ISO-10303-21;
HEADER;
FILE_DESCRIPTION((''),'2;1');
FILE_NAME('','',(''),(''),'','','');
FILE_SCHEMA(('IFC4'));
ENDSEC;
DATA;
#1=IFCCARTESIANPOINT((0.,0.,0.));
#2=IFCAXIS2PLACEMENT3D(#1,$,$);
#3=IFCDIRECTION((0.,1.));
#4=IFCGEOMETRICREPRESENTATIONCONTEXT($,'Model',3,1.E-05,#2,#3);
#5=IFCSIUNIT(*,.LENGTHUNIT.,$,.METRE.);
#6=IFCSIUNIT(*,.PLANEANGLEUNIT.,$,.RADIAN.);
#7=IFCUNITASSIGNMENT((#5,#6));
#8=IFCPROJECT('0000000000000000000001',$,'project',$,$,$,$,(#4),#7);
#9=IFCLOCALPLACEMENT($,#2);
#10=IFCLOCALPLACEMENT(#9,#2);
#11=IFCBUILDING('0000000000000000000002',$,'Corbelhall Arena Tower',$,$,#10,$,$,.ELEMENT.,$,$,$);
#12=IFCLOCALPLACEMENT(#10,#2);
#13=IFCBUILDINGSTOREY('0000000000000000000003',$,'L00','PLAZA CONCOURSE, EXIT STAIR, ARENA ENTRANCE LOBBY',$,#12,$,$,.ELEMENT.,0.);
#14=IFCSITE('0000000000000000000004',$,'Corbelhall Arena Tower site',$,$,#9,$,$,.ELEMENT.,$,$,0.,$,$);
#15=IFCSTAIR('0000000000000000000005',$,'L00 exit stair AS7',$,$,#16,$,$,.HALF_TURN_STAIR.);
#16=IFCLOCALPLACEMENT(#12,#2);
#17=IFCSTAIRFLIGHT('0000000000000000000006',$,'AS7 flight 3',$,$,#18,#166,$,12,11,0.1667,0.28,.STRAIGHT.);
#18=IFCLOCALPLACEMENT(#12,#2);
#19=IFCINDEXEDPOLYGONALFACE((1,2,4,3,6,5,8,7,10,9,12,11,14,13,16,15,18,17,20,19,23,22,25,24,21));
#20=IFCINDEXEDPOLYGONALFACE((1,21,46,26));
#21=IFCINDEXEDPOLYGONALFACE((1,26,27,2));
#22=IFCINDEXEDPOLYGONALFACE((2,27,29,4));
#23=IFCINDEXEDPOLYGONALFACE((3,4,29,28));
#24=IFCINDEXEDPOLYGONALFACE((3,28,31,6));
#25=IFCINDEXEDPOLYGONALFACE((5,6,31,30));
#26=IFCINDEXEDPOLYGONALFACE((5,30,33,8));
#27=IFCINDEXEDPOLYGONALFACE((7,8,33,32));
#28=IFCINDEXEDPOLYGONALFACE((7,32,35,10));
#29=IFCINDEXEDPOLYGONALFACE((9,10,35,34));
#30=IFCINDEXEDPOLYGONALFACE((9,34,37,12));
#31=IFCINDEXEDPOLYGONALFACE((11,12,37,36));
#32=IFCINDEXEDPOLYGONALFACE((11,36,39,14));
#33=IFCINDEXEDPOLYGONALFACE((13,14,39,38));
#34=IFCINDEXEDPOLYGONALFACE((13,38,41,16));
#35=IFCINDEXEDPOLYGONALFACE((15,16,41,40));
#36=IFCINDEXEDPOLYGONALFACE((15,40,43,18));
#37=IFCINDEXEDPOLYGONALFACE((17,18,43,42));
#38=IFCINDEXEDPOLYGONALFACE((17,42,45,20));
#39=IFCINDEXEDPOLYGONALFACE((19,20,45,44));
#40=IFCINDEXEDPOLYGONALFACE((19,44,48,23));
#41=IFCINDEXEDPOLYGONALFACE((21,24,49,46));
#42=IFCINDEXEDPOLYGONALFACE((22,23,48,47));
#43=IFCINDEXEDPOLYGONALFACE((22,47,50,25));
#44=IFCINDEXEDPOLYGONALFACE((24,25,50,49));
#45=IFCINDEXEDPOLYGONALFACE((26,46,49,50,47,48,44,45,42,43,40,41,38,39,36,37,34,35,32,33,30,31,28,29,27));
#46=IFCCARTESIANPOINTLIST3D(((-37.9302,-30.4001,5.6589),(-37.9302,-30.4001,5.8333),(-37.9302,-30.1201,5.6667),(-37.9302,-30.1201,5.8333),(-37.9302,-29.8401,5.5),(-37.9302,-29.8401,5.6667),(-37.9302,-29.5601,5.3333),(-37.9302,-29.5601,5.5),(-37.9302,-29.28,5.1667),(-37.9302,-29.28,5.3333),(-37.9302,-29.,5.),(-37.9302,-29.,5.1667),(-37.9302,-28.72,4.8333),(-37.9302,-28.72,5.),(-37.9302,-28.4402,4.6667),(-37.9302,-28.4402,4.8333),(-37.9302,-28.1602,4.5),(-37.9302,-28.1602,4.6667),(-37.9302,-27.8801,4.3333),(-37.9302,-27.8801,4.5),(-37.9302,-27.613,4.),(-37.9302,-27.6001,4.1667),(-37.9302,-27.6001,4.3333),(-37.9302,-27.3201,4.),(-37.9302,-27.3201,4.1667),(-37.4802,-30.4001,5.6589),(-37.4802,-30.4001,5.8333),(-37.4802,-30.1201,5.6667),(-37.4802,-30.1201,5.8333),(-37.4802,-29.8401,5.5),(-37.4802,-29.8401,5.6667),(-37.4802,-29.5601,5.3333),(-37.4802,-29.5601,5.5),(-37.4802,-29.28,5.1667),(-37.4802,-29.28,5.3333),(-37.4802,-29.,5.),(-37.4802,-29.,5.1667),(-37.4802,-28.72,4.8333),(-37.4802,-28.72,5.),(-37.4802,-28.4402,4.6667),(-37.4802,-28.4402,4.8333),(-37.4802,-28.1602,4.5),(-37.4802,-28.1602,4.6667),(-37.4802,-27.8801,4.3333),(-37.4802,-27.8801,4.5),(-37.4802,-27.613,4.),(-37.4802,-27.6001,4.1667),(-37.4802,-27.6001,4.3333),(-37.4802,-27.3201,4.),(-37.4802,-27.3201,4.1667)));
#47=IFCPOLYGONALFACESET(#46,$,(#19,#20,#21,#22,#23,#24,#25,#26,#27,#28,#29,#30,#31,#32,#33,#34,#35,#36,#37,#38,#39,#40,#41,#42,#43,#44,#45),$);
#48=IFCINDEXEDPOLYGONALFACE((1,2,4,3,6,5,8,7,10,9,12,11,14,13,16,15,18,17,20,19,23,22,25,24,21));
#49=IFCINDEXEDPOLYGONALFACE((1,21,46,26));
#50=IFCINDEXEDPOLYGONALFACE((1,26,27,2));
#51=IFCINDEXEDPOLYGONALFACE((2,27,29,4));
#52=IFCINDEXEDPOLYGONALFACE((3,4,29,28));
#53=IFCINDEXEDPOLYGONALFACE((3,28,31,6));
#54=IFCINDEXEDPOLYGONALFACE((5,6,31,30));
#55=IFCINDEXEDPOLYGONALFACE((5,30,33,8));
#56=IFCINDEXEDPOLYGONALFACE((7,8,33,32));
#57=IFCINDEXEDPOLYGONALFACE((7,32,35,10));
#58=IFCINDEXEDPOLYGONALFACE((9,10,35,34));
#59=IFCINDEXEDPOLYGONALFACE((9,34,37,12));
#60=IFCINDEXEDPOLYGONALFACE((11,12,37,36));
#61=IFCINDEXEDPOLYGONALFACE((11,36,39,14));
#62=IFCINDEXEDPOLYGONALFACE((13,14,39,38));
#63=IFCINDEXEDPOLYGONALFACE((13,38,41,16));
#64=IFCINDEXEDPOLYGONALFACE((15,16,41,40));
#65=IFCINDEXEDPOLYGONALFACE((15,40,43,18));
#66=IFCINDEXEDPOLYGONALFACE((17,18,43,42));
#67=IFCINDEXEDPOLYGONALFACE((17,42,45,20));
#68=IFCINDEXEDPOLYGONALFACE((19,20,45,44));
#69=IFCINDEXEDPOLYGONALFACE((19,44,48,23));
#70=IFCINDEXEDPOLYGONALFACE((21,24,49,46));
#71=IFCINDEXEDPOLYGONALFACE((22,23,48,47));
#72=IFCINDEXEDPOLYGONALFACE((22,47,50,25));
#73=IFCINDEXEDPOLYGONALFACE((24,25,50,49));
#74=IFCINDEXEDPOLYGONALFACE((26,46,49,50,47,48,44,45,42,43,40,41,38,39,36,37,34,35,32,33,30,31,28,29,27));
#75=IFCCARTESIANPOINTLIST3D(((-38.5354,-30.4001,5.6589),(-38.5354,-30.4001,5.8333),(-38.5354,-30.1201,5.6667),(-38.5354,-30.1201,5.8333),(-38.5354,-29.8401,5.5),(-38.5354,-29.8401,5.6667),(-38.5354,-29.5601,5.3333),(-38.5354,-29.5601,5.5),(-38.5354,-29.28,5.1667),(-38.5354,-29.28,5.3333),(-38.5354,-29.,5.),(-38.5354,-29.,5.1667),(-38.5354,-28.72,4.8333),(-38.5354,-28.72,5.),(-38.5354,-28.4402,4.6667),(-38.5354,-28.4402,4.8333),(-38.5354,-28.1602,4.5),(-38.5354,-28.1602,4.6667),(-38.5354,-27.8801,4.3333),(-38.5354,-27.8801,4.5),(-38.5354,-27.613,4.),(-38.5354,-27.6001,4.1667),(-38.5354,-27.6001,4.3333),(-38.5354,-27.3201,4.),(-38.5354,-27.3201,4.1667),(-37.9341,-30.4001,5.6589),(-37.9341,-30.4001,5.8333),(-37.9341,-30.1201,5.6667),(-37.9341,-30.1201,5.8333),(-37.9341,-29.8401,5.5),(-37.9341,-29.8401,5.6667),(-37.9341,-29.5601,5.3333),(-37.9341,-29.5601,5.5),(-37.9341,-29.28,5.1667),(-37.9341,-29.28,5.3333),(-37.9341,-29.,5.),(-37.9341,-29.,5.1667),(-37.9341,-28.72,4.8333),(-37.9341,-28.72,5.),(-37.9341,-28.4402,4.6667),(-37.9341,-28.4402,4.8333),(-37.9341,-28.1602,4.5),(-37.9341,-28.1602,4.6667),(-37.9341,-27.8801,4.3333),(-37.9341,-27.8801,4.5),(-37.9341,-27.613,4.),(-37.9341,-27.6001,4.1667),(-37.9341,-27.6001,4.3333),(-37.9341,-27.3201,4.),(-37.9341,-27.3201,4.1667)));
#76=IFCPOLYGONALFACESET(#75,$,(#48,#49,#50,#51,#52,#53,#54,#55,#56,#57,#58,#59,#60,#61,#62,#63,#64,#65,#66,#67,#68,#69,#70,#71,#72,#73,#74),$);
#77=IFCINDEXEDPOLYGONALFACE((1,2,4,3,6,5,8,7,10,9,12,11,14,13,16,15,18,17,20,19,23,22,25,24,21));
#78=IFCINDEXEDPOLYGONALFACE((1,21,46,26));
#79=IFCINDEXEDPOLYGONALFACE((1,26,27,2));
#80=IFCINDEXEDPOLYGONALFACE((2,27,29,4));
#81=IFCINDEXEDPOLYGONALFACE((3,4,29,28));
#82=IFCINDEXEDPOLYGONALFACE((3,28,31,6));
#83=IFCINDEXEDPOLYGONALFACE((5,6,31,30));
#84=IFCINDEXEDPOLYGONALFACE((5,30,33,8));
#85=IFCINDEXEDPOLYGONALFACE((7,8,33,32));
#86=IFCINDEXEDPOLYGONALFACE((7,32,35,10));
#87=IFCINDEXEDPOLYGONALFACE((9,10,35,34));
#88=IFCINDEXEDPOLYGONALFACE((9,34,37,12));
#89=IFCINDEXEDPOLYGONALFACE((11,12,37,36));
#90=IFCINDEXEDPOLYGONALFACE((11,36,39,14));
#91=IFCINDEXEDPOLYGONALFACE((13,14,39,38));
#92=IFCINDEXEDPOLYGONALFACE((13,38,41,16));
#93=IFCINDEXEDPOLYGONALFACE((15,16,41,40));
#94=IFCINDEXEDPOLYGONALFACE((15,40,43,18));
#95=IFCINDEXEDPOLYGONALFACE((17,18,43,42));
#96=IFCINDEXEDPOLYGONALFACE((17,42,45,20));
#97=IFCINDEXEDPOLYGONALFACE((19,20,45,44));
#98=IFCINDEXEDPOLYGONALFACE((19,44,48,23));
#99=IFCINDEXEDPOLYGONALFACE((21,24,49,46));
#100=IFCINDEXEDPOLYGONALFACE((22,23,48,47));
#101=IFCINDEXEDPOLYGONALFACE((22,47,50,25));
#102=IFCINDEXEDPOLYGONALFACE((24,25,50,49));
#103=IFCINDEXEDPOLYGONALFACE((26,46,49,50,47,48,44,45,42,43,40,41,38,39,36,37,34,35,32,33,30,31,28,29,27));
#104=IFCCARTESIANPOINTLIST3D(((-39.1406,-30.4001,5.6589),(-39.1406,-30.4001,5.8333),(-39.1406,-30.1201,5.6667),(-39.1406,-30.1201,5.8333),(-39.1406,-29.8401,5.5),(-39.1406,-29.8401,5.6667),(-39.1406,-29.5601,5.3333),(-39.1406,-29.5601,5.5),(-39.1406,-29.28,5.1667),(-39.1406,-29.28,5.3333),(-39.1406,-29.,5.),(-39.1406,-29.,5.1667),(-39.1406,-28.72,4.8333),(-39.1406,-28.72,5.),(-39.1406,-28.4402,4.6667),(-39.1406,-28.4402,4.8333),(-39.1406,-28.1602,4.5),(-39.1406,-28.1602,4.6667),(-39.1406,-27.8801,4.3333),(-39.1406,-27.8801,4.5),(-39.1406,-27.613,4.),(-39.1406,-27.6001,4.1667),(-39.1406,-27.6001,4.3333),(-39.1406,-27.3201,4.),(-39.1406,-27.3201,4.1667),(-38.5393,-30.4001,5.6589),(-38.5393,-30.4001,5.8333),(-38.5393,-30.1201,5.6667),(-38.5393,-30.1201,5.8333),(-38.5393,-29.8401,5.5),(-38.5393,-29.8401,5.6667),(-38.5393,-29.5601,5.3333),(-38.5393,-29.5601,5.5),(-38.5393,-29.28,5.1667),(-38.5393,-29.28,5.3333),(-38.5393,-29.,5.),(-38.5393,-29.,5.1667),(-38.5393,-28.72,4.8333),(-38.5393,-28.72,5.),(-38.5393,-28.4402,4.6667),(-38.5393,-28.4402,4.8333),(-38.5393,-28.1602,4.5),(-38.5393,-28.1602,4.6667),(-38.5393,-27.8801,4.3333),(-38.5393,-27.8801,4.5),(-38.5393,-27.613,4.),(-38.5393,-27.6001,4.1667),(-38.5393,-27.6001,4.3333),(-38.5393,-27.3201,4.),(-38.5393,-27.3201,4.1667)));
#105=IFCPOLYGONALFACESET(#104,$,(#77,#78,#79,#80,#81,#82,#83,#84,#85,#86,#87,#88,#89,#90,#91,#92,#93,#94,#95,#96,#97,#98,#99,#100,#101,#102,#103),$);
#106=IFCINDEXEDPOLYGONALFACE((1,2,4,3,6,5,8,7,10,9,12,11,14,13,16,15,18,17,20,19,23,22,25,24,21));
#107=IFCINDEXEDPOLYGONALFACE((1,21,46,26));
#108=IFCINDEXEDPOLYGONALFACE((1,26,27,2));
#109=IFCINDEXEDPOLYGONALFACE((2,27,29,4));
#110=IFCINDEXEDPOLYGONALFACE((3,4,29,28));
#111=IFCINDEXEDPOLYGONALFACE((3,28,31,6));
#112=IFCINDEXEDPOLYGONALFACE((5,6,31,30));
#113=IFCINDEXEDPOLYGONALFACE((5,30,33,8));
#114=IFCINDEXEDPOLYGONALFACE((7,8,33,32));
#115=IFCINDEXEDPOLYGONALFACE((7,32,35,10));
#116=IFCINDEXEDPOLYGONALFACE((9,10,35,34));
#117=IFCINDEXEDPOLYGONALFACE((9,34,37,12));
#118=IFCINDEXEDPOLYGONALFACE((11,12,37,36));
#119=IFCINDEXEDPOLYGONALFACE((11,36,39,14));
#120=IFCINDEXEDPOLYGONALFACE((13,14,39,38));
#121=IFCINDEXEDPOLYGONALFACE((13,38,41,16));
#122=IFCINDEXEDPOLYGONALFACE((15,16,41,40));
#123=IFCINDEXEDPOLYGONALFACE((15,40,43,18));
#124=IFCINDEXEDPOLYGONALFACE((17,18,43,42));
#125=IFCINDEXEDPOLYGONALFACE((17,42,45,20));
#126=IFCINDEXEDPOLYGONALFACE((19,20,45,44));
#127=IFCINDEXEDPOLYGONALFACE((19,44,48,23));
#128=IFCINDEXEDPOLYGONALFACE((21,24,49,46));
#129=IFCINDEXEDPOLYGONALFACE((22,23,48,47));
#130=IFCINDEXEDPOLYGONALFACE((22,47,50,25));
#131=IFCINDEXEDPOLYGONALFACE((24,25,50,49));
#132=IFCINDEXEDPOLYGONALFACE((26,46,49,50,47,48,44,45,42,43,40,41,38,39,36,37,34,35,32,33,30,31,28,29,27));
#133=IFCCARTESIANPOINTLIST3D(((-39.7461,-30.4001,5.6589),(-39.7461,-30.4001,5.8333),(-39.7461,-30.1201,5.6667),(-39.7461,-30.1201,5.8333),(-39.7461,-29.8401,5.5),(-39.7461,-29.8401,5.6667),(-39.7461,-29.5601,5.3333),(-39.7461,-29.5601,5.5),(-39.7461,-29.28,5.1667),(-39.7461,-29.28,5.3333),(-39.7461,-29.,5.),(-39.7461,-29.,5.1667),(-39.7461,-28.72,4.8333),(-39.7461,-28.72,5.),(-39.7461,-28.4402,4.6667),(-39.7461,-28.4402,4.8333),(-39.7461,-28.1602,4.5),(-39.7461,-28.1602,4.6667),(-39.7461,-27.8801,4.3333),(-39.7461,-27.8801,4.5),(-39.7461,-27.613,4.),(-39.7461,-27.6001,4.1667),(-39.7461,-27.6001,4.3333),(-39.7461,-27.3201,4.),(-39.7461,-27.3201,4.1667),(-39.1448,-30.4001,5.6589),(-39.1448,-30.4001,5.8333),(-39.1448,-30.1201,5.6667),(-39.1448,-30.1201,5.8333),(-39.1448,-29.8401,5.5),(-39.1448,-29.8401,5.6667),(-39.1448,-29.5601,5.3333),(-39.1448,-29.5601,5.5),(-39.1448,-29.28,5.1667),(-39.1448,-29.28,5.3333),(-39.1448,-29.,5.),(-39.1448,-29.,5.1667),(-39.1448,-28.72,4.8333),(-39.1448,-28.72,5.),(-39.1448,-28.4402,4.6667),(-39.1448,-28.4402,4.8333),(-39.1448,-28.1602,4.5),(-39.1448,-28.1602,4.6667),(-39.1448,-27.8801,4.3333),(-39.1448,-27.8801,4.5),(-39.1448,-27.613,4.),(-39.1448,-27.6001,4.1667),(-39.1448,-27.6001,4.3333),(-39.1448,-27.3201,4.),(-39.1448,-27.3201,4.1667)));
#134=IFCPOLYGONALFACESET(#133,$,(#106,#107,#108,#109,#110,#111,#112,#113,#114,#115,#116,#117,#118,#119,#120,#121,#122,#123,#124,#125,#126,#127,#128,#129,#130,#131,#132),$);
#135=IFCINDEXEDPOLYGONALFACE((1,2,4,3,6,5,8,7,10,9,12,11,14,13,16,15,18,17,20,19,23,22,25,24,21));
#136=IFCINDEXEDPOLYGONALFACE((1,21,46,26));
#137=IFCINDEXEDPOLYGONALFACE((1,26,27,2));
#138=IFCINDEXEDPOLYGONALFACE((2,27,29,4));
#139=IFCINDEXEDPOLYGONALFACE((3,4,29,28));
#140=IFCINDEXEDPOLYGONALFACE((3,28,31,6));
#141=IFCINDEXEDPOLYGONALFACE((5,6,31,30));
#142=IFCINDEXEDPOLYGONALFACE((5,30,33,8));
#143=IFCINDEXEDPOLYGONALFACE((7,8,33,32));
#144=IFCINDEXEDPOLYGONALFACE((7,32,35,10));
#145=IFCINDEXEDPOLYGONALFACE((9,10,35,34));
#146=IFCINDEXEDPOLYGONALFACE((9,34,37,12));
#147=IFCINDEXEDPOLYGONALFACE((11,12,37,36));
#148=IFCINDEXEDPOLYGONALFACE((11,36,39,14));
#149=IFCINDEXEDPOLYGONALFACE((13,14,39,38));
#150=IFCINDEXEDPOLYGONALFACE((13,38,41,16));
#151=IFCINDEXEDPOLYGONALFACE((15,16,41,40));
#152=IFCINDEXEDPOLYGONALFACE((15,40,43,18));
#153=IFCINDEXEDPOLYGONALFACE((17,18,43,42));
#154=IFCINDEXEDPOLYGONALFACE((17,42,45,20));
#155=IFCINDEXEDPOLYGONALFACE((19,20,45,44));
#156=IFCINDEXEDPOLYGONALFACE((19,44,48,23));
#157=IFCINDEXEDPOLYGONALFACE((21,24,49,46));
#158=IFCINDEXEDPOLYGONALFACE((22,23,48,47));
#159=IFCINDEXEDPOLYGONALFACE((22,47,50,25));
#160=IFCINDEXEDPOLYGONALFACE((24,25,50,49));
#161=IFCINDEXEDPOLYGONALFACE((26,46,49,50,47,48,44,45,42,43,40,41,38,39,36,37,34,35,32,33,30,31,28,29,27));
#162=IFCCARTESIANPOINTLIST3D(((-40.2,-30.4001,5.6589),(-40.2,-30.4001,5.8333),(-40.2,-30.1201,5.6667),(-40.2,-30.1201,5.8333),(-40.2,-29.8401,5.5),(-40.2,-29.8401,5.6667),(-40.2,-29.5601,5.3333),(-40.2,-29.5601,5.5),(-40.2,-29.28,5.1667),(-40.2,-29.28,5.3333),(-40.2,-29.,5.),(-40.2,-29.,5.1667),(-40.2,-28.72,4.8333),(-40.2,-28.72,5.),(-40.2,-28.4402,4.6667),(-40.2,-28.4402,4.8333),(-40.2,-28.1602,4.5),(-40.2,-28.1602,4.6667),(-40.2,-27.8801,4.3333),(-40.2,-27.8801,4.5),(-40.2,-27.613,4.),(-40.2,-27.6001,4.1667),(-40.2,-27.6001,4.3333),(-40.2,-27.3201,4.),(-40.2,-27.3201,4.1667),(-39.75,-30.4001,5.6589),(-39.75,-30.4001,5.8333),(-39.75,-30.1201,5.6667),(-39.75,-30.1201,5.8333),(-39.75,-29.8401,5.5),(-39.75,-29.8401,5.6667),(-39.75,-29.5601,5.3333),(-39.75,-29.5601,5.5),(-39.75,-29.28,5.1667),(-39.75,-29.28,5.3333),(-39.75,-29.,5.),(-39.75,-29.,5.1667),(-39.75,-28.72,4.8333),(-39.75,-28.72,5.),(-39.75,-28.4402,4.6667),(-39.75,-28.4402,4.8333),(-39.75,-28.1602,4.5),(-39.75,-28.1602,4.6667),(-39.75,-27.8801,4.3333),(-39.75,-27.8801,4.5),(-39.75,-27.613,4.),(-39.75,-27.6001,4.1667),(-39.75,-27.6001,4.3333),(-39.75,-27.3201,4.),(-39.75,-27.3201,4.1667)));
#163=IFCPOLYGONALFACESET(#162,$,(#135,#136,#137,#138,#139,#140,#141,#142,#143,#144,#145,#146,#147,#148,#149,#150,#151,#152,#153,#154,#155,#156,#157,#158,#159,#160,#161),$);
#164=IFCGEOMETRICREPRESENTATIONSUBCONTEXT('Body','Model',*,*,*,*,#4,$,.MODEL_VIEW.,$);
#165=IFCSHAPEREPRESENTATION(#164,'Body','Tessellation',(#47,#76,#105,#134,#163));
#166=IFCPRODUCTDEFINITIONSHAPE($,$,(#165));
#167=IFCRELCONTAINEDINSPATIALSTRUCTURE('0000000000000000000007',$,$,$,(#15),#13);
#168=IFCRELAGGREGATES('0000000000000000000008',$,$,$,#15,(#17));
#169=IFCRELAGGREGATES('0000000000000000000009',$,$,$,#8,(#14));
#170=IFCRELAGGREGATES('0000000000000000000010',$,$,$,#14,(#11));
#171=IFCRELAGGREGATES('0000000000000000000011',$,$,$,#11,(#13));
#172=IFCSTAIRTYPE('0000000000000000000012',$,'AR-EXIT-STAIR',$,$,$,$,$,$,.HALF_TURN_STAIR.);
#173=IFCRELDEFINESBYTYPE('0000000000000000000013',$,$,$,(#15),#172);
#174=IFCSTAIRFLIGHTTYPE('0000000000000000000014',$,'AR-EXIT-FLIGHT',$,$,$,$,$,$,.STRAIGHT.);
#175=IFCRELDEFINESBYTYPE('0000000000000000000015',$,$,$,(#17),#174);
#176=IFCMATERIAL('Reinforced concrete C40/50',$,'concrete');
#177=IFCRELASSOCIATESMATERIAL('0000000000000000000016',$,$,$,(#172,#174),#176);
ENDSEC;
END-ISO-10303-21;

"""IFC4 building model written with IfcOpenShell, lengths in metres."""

from ifc_helpers import new_model, si_unit, direction, frame, origin, place, context, subcontext, project, spatial, polyline, outline, extrude, material, type_object, element, aggregate, save


model = new_model("IFC4")

# Units and contexts
model_context = context("Model", 3, precision=1e-05, world=origin(), true_north=direction((0.0, 1.0)))
body_context = subcontext(model_context, "Body", "Model", "MODEL_VIEW")
ifc_project = project(units=[si_unit("LENGTHUNIT", "METRE"), si_unit("PLANEANGLEUNIT", "RADIAN")], contexts=[model_context])

# Site, building, storey
site_placement = place(None, origin())
site = spatial("IfcSite", under=ifc_project, at=site_placement, Name="Corbelhall Arena Tower site", CompositionType="ELEMENT", RefElevation=0.0)
building_placement = place(site_placement, origin())
building = spatial("IfcBuilding", under=site, at=building_placement, Name="Corbelhall Arena Tower", CompositionType="ELEMENT")
storey_placement = place(building_placement, origin())
storey = spatial("IfcBuildingStorey", under=building, at=storey_placement, Name="L00", Description="PLAZA CONCOURSE, EXIT STAIR, ARENA ENTRANCE LOBBY", CompositionType="ELEMENT", Elevation=0.0)

# Stair, stair flight
ifc_material_1 = material(Name="Reinforced concrete C40/50", Category="concrete")
stair_type = type_object("IfcStairType", Name="AR-EXIT-STAIR", PredefinedType="HALF_TURN_STAIR", material=ifc_material_1)
stair_1_placement = place(storey_placement, origin())
stair_1 = element("IfcStair", 1, at=stair_1_placement, inside=storey, type_object=stair_type, Name="L00 exit stair AS7", PredefinedType="HALF_TURN_STAIR")
stair_flight_type = type_object("IfcStairFlightType", Name="AR-EXIT-FLIGHT", PredefinedType="STRAIGHT", material=ifc_material_1)
stair_flight_1_placement = place(storey_placement, frame((-38.8401, -27.3201, 4.0), z_axis=(0.0, 0.0, 1.0), x_axis=(0.0, -1.0, 0.0)))
stair_flight_1 = element("IfcStairFlight", 2, at=stair_flight_1_placement, type_object=stair_flight_type, Name="AS7 flight 3", NumberOfRisers=12, NumberOfTreads=11, PredefinedType="STRAIGHT", RiserHeight=0.1667, TreadLength=0.28, context=body_context, shape_type="SweptSolid", body=[
    extrude(outline(polyline([(0.0, 0.0), (0.0, 0.1667), (0.28, 0.1667), (0.28, 0.3333), (0.5601, 0.3333), (0.5601, 0.5), (0.8401, 0.5), (0.8401, 0.6667), (1.1201, 0.6667), (1.1201, 0.8333), (1.3999, 0.8333), (1.3999, 1.0), (1.6799, 1.0), (1.6799, 1.1667), (1.96, 1.1667), (1.96, 1.3333), (2.24, 1.3333), (2.24, 1.5), (2.52, 1.5), (2.52, 1.6667), (2.8, 1.6667), (2.8, 1.8333), (3.0801, 1.8333), (3.0801, 2.0), (3.0801, 1.6589), (0.293, 0.0), (0.0, 0.0)])), frame((0.0, 1.3599, 0.0), z_axis=(0.0, -1.0, 0.0), x_axis=(1.0, 0.0, 0.0)), (0.0, 0.0, 1.0), 0.45),
    extrude(outline(polyline([(0.0, 0.0), (0.0, 0.1667), (0.28, 0.1667), (0.28, 0.3333), (0.5601, 0.3333), (0.5601, 0.5), (0.8401, 0.5), (0.8401, 0.6667), (1.1201, 0.6667), (1.1201, 0.8333), (1.3999, 0.8333), (1.3999, 1.0), (1.6799, 1.0), (1.6799, 1.1667), (1.96, 1.1667), (1.96, 1.3333), (2.24, 1.3333), (2.24, 1.5), (2.52, 1.5), (2.52, 1.6667), (2.8, 1.6667), (2.8, 1.8333), (3.0801, 1.8333), (3.0801, 2.0), (3.0801, 1.6589), (0.293, 0.0), (0.0, 0.0)])), frame((0.0, 0.906, 0.0), z_axis=(0.0, -1.0, 0.0), x_axis=(1.0, 0.0, 0.0)), (0.0, 0.0, 1.0), 0.6013),
    extrude(outline(polyline([(0.0, 0.0), (0.0, 0.1667), (0.28, 0.1667), (0.28, 0.3333), (0.5601, 0.3333), (0.5601, 0.5), (0.8401, 0.5), (0.8401, 0.6667), (1.1201, 0.6667), (1.1201, 0.8333), (1.3999, 0.8333), (1.3999, 1.0), (1.6799, 1.0), (1.6799, 1.1667), (1.96, 1.1667), (1.96, 1.3333), (2.24, 1.3333), (2.24, 1.5), (2.52, 1.5), (2.52, 1.6667), (2.8, 1.6667), (2.8, 1.8333), (3.0801, 1.8333), (3.0801, 2.0), (3.0801, 1.6589), (0.293, 0.0), (0.0, 0.0)])), frame((0.0, 0.3008, 0.0), z_axis=(0.0, -1.0, 0.0), x_axis=(1.0, 0.0, 0.0)), (0.0, 0.0, 1.0), 0.6013),
    extrude(outline(polyline([(0.0, 0.0), (0.0, 0.1667), (0.28, 0.1667), (0.28, 0.3333), (0.5601, 0.3333), (0.5601, 0.5), (0.8401, 0.5), (0.8401, 0.6667), (1.1201, 0.6667), (1.1201, 0.8333), (1.3999, 0.8333), (1.3999, 1.0), (1.6799, 1.0), (1.6799, 1.1667), (1.96, 1.1667), (1.96, 1.3333), (2.24, 1.3333), (2.24, 1.5), (2.52, 1.5), (2.52, 1.6667), (2.8, 1.6667), (2.8, 1.8333), (3.0801, 1.8333), (3.0801, 2.0), (3.0801, 1.6589), (0.293, 0.0), (0.0, 0.0)])), frame((0.0, -0.3047, 0.0), z_axis=(0.0, -1.0, 0.0), x_axis=(1.0, 0.0, 0.0)), (0.0, 0.0, 1.0), 0.6013),
    extrude(outline(polyline([(0.0, 0.0), (0.0, 0.1667), (0.28, 0.1667), (0.28, 0.3333), (0.5601, 0.3333), (0.5601, 0.5), (0.8401, 0.5), (0.8401, 0.6667), (1.1201, 0.6667), (1.1201, 0.8333), (1.3999, 0.8333), (1.3999, 1.0), (1.6799, 1.0), (1.6799, 1.1667), (1.96, 1.1667), (1.96, 1.3333), (2.24, 1.3333), (2.24, 1.5), (2.52, 1.5), (2.52, 1.6667), (2.8, 1.6667), (2.8, 1.8333), (3.0801, 1.8333), (3.0801, 2.0), (3.0801, 1.6589), (0.293, 0.0), (0.0, 0.0)])), frame((0.0, -0.9099, 0.0), z_axis=(0.0, -1.0, 0.0), x_axis=(1.0, 0.0, 0.0)), (0.0, 0.0, 1.0), 0.45),
])
aggregate(stair_1, [stair_flight_1])

save(model, "model.ifc")
